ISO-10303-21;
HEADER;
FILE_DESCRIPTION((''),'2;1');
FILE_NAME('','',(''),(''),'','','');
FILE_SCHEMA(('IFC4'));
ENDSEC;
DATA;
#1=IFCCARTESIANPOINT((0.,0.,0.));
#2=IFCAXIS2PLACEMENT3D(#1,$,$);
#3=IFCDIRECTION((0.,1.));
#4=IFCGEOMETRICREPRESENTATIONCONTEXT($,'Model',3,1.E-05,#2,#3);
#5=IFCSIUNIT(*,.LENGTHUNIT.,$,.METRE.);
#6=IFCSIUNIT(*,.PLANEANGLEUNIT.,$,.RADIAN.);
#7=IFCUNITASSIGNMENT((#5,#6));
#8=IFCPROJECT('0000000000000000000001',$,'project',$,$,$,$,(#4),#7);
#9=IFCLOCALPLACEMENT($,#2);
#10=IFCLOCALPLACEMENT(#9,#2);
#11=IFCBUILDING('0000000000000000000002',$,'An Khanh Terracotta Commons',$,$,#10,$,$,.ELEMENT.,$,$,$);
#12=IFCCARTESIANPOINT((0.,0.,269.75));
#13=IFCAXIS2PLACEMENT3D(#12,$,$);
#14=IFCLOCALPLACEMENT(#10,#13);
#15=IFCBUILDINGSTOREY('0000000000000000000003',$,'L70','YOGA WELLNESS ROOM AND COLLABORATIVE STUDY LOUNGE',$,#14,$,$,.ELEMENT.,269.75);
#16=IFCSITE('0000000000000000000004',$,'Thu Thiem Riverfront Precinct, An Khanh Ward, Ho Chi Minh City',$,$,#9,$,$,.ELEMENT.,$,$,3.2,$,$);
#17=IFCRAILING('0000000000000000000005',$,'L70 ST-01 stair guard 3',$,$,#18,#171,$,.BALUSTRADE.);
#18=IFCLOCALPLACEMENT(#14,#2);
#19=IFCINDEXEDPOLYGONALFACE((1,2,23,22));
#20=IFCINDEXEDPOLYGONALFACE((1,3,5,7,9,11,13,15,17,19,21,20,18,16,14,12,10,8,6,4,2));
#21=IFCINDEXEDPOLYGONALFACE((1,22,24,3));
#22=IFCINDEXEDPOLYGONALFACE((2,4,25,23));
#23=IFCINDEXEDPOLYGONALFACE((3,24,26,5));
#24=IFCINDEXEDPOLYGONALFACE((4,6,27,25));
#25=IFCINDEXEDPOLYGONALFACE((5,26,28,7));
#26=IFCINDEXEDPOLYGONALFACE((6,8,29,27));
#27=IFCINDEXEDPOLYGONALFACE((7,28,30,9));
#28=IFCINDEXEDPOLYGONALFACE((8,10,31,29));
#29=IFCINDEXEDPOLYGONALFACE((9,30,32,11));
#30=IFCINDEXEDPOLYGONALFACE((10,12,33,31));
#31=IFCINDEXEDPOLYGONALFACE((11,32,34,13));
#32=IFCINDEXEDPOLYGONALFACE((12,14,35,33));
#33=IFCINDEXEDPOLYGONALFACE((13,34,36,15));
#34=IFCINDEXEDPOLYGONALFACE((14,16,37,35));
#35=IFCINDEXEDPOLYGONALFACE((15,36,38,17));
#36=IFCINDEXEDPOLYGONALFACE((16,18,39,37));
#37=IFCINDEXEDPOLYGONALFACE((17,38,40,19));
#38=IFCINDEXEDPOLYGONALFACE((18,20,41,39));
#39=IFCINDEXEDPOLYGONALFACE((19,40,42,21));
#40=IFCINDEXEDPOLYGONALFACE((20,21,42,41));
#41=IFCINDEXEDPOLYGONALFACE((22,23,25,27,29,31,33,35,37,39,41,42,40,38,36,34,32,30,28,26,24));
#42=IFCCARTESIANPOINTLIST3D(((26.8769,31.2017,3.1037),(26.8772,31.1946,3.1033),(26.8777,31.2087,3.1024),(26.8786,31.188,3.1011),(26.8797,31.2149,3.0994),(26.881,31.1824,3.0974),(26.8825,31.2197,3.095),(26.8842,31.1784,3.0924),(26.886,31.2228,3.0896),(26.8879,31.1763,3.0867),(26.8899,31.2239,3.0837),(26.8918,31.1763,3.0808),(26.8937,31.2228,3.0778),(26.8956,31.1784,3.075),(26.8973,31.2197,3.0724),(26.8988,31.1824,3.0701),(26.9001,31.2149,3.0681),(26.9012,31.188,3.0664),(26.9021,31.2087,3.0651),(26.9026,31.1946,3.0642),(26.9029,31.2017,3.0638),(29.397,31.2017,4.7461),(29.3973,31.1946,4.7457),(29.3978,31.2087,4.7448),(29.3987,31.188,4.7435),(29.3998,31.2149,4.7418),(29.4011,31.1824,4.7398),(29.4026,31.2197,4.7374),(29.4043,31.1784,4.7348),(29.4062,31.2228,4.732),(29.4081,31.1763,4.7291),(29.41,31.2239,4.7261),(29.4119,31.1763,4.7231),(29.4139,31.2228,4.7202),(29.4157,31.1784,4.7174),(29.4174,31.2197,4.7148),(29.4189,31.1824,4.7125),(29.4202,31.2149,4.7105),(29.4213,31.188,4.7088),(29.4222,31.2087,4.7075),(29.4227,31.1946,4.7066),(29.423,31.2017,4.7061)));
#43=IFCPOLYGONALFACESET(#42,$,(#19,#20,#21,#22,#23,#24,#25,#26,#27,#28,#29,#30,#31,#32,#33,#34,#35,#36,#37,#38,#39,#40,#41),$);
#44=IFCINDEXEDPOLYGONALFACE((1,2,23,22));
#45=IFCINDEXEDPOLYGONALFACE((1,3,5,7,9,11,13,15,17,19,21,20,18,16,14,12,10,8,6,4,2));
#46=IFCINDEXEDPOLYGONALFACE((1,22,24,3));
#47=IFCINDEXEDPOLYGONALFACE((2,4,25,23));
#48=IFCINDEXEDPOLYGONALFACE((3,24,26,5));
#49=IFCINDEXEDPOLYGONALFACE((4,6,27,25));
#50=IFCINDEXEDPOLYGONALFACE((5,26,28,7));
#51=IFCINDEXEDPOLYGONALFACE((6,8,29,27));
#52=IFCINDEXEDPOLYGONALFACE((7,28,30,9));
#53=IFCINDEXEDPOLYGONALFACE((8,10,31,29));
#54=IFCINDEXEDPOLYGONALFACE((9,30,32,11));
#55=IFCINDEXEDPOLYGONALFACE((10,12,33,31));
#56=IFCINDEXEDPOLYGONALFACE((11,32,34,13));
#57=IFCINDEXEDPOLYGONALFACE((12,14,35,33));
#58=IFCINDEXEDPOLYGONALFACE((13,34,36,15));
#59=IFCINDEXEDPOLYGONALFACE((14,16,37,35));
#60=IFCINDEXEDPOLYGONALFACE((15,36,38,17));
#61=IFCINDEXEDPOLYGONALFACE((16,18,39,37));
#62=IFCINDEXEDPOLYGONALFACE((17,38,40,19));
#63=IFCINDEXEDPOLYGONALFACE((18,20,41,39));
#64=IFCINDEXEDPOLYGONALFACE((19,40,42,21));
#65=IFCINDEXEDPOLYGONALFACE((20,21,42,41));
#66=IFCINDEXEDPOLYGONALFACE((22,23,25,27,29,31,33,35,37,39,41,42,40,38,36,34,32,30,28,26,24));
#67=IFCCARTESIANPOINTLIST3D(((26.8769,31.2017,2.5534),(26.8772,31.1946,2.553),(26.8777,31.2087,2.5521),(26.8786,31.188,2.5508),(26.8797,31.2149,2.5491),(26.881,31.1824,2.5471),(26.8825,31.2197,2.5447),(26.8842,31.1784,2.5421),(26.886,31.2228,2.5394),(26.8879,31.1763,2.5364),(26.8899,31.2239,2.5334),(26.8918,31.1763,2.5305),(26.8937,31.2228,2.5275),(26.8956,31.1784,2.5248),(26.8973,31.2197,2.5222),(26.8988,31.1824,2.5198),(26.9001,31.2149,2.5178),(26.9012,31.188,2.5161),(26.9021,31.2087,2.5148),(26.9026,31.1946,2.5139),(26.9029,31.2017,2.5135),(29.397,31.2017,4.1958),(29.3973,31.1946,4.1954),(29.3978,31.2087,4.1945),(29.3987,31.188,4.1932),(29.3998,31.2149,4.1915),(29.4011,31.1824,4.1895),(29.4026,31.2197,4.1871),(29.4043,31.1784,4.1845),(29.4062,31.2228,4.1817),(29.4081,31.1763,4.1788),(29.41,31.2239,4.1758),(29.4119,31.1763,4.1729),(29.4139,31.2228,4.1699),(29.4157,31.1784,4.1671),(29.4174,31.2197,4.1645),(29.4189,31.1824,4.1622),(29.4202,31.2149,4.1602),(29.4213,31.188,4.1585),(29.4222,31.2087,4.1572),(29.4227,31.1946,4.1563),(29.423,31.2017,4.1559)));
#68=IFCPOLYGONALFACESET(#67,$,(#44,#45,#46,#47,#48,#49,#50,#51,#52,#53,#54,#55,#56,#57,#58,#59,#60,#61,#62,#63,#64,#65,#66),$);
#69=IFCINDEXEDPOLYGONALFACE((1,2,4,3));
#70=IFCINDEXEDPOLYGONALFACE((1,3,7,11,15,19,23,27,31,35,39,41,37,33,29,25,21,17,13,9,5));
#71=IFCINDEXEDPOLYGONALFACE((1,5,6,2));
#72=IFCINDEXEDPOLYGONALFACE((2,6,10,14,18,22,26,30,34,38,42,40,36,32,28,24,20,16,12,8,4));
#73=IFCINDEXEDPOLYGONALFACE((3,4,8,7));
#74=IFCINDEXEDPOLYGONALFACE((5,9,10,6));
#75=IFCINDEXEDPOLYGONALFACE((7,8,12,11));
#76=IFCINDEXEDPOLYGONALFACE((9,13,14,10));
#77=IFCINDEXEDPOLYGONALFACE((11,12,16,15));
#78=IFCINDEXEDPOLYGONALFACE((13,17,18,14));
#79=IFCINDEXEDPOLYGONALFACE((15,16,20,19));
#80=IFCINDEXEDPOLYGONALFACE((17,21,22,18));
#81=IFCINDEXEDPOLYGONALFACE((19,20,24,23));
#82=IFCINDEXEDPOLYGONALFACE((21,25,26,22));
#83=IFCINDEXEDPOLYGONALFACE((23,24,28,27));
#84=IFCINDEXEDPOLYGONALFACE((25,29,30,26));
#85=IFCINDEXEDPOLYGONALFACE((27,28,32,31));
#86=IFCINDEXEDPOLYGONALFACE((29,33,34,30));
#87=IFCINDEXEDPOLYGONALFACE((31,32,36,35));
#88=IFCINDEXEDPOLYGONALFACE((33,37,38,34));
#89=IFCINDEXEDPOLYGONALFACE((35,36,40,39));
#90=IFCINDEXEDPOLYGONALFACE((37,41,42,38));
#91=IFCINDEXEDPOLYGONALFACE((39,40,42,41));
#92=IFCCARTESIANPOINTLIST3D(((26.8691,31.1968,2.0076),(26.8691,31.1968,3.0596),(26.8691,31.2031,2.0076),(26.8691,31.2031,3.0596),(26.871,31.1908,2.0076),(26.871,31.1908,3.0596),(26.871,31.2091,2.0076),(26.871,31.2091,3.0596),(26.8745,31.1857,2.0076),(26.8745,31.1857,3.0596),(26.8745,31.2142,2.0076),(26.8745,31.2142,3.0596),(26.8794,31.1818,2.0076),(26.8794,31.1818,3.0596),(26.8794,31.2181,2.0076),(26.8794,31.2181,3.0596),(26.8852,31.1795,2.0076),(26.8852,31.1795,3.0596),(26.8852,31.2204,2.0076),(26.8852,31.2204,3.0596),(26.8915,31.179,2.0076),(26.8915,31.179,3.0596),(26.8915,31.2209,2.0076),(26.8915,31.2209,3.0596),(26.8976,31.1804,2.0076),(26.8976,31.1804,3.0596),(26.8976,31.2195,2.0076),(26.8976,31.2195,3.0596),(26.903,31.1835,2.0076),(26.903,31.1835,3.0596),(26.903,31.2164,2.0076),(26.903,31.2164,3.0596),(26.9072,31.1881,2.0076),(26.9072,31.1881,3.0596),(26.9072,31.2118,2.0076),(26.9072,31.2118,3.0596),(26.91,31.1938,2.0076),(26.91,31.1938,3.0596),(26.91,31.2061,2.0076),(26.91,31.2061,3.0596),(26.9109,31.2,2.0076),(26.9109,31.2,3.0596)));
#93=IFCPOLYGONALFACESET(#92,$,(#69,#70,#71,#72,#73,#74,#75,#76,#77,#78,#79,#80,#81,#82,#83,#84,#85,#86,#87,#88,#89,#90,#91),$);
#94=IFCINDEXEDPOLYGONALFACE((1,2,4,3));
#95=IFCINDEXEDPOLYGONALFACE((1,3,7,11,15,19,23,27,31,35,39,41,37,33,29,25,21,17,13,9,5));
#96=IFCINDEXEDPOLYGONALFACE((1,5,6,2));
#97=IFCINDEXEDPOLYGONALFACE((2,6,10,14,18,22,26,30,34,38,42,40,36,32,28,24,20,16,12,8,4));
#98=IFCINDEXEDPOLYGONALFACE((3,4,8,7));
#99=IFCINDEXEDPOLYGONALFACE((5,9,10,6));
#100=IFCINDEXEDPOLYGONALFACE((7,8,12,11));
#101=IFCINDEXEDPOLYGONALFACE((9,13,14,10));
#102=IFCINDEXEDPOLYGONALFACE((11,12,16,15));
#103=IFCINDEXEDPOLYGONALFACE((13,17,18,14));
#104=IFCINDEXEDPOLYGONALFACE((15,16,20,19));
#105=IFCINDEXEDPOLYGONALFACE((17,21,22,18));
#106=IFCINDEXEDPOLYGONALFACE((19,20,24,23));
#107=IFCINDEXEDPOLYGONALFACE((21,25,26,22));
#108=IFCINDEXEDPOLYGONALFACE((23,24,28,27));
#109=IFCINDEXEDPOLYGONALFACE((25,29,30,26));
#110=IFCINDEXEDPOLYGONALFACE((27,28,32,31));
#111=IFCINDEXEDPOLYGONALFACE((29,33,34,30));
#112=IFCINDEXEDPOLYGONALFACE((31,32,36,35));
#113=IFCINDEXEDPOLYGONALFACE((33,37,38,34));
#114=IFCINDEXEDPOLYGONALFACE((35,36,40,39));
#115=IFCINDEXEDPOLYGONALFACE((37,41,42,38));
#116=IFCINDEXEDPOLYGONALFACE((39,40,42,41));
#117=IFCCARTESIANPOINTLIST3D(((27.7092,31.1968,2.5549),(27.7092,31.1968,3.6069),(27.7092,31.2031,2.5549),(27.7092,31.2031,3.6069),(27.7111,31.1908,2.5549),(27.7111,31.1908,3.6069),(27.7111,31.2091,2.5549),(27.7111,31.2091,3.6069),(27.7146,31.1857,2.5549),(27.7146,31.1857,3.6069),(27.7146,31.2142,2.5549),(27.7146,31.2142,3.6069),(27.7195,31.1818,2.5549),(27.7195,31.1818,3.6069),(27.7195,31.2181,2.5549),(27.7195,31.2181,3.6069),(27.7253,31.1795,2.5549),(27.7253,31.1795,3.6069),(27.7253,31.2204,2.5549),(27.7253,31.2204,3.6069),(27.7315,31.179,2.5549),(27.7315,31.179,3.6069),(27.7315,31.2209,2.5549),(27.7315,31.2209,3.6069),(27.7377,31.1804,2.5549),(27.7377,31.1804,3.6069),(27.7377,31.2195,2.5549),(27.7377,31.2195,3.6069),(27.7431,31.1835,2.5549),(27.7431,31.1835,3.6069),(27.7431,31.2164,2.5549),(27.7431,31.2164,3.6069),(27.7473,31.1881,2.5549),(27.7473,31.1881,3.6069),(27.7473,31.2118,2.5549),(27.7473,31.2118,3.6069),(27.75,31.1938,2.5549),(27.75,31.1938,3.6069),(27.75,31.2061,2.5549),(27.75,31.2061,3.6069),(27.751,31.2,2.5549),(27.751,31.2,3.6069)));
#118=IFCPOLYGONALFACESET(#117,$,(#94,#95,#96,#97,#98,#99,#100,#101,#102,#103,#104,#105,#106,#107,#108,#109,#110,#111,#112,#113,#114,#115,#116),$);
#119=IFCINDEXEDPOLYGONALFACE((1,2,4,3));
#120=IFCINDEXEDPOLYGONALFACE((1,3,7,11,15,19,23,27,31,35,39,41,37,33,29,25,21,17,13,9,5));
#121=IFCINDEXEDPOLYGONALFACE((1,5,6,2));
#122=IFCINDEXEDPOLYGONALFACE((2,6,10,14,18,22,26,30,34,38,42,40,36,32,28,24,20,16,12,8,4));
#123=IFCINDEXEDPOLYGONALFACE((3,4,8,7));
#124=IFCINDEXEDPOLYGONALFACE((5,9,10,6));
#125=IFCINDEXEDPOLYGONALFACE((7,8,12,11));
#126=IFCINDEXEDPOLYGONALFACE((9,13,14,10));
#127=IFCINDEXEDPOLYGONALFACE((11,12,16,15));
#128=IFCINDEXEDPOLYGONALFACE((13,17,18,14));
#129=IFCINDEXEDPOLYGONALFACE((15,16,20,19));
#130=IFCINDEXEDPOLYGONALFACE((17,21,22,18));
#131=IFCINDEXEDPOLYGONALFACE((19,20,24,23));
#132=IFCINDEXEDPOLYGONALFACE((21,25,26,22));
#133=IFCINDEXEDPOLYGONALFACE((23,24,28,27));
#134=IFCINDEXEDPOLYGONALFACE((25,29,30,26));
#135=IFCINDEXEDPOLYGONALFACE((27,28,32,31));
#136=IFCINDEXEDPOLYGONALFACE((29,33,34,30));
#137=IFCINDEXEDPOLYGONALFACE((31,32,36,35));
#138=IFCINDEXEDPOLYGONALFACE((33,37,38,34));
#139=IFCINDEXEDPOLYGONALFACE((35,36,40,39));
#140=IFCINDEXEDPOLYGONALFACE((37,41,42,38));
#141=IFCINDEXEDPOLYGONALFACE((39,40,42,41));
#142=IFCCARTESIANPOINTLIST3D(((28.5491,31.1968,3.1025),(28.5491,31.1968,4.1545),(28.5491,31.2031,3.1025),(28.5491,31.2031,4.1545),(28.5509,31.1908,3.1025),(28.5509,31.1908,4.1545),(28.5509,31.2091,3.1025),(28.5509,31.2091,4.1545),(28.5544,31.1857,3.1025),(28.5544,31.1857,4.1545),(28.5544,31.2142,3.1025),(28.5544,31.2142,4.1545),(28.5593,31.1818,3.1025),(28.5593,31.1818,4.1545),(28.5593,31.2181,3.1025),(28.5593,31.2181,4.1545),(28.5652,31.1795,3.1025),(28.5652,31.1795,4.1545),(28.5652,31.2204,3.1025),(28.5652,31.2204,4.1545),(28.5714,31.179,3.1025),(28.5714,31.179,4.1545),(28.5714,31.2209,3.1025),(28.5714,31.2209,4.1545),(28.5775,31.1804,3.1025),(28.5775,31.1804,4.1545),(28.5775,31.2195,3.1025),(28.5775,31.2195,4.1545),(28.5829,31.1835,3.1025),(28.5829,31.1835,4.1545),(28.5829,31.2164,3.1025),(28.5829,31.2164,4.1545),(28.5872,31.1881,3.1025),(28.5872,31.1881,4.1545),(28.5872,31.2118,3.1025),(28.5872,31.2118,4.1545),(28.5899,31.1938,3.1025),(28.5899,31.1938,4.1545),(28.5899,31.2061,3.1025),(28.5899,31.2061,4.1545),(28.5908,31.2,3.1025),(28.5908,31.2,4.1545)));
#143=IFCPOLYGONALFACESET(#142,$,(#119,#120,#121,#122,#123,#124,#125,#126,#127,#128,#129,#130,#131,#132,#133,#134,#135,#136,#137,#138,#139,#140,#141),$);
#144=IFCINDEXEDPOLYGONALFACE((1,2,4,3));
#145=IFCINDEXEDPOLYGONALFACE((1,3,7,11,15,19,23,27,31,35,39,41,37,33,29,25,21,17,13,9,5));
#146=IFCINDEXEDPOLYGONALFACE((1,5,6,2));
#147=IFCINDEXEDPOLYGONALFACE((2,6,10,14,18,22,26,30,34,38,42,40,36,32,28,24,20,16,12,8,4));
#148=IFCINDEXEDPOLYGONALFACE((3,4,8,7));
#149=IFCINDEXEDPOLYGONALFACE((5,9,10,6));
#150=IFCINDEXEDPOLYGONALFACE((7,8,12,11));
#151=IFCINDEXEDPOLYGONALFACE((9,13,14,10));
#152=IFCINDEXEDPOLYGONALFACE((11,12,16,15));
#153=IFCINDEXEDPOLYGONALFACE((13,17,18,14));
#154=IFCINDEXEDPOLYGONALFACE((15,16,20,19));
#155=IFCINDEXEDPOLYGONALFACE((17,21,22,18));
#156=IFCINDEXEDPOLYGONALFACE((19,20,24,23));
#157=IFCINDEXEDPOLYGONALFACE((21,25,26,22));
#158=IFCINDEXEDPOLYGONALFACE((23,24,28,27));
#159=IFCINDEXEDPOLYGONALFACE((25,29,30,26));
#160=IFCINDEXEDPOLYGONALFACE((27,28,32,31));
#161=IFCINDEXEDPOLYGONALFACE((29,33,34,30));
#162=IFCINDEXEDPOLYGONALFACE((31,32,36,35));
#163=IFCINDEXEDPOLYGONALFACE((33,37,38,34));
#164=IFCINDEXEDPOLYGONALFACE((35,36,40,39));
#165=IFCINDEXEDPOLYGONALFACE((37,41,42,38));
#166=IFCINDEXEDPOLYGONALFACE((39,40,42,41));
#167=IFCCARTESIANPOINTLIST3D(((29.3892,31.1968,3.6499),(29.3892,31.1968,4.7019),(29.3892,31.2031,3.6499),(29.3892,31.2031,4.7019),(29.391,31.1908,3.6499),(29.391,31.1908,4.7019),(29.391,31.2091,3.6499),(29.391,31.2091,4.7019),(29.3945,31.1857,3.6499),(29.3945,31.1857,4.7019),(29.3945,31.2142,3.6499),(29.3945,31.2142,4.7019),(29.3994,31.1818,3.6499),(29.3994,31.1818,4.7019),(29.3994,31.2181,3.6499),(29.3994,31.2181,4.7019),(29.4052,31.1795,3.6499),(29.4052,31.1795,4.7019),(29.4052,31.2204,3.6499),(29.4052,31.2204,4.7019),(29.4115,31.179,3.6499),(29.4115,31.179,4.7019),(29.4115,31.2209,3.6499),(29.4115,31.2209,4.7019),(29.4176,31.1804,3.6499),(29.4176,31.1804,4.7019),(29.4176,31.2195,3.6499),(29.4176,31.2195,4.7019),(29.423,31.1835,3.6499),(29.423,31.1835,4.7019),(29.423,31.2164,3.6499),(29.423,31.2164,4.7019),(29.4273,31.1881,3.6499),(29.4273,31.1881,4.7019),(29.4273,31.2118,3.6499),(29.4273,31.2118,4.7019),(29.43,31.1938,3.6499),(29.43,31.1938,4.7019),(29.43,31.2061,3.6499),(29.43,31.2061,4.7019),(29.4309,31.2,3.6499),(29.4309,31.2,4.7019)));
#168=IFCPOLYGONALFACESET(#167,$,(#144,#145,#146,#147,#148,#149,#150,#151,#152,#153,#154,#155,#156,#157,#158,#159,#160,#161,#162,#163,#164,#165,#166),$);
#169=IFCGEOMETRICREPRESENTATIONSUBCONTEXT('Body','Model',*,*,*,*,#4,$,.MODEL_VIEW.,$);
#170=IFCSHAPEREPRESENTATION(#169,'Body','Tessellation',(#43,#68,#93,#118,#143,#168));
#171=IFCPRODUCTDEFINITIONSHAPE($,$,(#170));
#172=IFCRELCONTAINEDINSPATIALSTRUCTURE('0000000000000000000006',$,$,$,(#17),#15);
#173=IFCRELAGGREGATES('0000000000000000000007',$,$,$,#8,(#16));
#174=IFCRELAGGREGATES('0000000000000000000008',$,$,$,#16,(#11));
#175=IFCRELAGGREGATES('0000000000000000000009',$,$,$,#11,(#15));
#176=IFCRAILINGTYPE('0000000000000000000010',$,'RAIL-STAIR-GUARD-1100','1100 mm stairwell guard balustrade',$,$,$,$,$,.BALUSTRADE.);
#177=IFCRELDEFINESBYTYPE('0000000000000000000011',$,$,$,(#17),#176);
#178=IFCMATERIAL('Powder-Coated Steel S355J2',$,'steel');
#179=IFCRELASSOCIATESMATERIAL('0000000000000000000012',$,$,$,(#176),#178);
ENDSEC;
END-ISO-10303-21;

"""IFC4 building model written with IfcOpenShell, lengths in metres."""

from ifc_helpers import new_model, si_unit, direction, frame, origin, origin_2d, place, context, subcontext, project, spatial, circle, extrude, material, type_object, element, save


model = new_model("IFC4")

# Units and contexts
model_context = context("Model", 3, precision=1e-05, world=origin(), true_north=direction((0.0, 1.0)))
body_context = subcontext(model_context, "Body", "Model", "MODEL_VIEW")
ifc_project = project(units=[si_unit("LENGTHUNIT", "METRE"), si_unit("PLANEANGLEUNIT", "RADIAN")], contexts=[model_context])

# Site, building, storey
site_placement = place(None, origin())
site = spatial("IfcSite", under=ifc_project, at=site_placement, Name="Thu Thiem Riverfront Precinct, An Khanh Ward, Ho Chi Minh City", CompositionType="ELEMENT", RefElevation=3.2)
building_placement = place(site_placement, origin())
building = spatial("IfcBuilding", under=site, at=building_placement, Name="An Khanh Terracotta Commons", CompositionType="ELEMENT")
storey_placement = place(building_placement, frame((0.0, 0.0, 269.75)))
storey = spatial("IfcBuildingStorey", under=building, at=storey_placement, Name="L70", Description="YOGA WELLNESS ROOM AND COLLABORATIVE STUDY LOUNGE", CompositionType="ELEMENT", Elevation=269.75)

# Railing
ifc_material_1 = material(Name="Powder-Coated Steel S355J2", Category="steel")
railing_type_1 = type_object("IfcRailingType", Name="RAIL-STAIR-GUARD-1100", Description="1100 mm stairwell guard balustrade", PredefinedType="BALUSTRADE", material=ifc_material_1)
railing_1_placement = place(storey_placement, frame((26.8899, 31.2, 2.0076)))
element("IfcRailing", 1, at=railing_1_placement, inside=storey, type_object=railing_type_1, Name="L70 ST-01 stair guard 3", PredefinedType="BALUSTRADE", context=body_context, shape_type="SweptSolid", body=[
    extrude(circle(Radius=0.0239, at=origin_2d()), frame((0.0, 0.0, 1.0762), z_axis=(0.837787, 0.0, 0.545998), x_axis=(0.0, 1.0, 0.0)), (0.0, 0.0, 1.0), 3.0081),
    extrude(circle(Radius=0.0239, at=origin_2d()), frame((0.0, 0.0, 0.5259), z_axis=(0.837787, 0.0, 0.545998), x_axis=(0.0, 1.0, 0.0)), (0.0, 0.0, 1.0), 3.0081),
    extrude(circle(Radius=0.021, at=origin_2d()), origin(), (0.0, 0.0, 1.0), 1.052),
    extrude(circle(Radius=0.021, at=origin_2d()), frame((0.8401, 0.0, 0.5474)), (0.0, 0.0, 1.0), 1.052),
    extrude(circle(Radius=0.021, at=origin_2d()), frame((1.6799, 0.0, 1.095)), (0.0, 0.0, 1.0), 1.052),
    extrude(circle(Radius=0.021, at=origin_2d()), frame((2.52, 0.0, 1.6423)), (0.0, 0.0, 1.0), 1.052),
])

save(model, "model.ifc")
